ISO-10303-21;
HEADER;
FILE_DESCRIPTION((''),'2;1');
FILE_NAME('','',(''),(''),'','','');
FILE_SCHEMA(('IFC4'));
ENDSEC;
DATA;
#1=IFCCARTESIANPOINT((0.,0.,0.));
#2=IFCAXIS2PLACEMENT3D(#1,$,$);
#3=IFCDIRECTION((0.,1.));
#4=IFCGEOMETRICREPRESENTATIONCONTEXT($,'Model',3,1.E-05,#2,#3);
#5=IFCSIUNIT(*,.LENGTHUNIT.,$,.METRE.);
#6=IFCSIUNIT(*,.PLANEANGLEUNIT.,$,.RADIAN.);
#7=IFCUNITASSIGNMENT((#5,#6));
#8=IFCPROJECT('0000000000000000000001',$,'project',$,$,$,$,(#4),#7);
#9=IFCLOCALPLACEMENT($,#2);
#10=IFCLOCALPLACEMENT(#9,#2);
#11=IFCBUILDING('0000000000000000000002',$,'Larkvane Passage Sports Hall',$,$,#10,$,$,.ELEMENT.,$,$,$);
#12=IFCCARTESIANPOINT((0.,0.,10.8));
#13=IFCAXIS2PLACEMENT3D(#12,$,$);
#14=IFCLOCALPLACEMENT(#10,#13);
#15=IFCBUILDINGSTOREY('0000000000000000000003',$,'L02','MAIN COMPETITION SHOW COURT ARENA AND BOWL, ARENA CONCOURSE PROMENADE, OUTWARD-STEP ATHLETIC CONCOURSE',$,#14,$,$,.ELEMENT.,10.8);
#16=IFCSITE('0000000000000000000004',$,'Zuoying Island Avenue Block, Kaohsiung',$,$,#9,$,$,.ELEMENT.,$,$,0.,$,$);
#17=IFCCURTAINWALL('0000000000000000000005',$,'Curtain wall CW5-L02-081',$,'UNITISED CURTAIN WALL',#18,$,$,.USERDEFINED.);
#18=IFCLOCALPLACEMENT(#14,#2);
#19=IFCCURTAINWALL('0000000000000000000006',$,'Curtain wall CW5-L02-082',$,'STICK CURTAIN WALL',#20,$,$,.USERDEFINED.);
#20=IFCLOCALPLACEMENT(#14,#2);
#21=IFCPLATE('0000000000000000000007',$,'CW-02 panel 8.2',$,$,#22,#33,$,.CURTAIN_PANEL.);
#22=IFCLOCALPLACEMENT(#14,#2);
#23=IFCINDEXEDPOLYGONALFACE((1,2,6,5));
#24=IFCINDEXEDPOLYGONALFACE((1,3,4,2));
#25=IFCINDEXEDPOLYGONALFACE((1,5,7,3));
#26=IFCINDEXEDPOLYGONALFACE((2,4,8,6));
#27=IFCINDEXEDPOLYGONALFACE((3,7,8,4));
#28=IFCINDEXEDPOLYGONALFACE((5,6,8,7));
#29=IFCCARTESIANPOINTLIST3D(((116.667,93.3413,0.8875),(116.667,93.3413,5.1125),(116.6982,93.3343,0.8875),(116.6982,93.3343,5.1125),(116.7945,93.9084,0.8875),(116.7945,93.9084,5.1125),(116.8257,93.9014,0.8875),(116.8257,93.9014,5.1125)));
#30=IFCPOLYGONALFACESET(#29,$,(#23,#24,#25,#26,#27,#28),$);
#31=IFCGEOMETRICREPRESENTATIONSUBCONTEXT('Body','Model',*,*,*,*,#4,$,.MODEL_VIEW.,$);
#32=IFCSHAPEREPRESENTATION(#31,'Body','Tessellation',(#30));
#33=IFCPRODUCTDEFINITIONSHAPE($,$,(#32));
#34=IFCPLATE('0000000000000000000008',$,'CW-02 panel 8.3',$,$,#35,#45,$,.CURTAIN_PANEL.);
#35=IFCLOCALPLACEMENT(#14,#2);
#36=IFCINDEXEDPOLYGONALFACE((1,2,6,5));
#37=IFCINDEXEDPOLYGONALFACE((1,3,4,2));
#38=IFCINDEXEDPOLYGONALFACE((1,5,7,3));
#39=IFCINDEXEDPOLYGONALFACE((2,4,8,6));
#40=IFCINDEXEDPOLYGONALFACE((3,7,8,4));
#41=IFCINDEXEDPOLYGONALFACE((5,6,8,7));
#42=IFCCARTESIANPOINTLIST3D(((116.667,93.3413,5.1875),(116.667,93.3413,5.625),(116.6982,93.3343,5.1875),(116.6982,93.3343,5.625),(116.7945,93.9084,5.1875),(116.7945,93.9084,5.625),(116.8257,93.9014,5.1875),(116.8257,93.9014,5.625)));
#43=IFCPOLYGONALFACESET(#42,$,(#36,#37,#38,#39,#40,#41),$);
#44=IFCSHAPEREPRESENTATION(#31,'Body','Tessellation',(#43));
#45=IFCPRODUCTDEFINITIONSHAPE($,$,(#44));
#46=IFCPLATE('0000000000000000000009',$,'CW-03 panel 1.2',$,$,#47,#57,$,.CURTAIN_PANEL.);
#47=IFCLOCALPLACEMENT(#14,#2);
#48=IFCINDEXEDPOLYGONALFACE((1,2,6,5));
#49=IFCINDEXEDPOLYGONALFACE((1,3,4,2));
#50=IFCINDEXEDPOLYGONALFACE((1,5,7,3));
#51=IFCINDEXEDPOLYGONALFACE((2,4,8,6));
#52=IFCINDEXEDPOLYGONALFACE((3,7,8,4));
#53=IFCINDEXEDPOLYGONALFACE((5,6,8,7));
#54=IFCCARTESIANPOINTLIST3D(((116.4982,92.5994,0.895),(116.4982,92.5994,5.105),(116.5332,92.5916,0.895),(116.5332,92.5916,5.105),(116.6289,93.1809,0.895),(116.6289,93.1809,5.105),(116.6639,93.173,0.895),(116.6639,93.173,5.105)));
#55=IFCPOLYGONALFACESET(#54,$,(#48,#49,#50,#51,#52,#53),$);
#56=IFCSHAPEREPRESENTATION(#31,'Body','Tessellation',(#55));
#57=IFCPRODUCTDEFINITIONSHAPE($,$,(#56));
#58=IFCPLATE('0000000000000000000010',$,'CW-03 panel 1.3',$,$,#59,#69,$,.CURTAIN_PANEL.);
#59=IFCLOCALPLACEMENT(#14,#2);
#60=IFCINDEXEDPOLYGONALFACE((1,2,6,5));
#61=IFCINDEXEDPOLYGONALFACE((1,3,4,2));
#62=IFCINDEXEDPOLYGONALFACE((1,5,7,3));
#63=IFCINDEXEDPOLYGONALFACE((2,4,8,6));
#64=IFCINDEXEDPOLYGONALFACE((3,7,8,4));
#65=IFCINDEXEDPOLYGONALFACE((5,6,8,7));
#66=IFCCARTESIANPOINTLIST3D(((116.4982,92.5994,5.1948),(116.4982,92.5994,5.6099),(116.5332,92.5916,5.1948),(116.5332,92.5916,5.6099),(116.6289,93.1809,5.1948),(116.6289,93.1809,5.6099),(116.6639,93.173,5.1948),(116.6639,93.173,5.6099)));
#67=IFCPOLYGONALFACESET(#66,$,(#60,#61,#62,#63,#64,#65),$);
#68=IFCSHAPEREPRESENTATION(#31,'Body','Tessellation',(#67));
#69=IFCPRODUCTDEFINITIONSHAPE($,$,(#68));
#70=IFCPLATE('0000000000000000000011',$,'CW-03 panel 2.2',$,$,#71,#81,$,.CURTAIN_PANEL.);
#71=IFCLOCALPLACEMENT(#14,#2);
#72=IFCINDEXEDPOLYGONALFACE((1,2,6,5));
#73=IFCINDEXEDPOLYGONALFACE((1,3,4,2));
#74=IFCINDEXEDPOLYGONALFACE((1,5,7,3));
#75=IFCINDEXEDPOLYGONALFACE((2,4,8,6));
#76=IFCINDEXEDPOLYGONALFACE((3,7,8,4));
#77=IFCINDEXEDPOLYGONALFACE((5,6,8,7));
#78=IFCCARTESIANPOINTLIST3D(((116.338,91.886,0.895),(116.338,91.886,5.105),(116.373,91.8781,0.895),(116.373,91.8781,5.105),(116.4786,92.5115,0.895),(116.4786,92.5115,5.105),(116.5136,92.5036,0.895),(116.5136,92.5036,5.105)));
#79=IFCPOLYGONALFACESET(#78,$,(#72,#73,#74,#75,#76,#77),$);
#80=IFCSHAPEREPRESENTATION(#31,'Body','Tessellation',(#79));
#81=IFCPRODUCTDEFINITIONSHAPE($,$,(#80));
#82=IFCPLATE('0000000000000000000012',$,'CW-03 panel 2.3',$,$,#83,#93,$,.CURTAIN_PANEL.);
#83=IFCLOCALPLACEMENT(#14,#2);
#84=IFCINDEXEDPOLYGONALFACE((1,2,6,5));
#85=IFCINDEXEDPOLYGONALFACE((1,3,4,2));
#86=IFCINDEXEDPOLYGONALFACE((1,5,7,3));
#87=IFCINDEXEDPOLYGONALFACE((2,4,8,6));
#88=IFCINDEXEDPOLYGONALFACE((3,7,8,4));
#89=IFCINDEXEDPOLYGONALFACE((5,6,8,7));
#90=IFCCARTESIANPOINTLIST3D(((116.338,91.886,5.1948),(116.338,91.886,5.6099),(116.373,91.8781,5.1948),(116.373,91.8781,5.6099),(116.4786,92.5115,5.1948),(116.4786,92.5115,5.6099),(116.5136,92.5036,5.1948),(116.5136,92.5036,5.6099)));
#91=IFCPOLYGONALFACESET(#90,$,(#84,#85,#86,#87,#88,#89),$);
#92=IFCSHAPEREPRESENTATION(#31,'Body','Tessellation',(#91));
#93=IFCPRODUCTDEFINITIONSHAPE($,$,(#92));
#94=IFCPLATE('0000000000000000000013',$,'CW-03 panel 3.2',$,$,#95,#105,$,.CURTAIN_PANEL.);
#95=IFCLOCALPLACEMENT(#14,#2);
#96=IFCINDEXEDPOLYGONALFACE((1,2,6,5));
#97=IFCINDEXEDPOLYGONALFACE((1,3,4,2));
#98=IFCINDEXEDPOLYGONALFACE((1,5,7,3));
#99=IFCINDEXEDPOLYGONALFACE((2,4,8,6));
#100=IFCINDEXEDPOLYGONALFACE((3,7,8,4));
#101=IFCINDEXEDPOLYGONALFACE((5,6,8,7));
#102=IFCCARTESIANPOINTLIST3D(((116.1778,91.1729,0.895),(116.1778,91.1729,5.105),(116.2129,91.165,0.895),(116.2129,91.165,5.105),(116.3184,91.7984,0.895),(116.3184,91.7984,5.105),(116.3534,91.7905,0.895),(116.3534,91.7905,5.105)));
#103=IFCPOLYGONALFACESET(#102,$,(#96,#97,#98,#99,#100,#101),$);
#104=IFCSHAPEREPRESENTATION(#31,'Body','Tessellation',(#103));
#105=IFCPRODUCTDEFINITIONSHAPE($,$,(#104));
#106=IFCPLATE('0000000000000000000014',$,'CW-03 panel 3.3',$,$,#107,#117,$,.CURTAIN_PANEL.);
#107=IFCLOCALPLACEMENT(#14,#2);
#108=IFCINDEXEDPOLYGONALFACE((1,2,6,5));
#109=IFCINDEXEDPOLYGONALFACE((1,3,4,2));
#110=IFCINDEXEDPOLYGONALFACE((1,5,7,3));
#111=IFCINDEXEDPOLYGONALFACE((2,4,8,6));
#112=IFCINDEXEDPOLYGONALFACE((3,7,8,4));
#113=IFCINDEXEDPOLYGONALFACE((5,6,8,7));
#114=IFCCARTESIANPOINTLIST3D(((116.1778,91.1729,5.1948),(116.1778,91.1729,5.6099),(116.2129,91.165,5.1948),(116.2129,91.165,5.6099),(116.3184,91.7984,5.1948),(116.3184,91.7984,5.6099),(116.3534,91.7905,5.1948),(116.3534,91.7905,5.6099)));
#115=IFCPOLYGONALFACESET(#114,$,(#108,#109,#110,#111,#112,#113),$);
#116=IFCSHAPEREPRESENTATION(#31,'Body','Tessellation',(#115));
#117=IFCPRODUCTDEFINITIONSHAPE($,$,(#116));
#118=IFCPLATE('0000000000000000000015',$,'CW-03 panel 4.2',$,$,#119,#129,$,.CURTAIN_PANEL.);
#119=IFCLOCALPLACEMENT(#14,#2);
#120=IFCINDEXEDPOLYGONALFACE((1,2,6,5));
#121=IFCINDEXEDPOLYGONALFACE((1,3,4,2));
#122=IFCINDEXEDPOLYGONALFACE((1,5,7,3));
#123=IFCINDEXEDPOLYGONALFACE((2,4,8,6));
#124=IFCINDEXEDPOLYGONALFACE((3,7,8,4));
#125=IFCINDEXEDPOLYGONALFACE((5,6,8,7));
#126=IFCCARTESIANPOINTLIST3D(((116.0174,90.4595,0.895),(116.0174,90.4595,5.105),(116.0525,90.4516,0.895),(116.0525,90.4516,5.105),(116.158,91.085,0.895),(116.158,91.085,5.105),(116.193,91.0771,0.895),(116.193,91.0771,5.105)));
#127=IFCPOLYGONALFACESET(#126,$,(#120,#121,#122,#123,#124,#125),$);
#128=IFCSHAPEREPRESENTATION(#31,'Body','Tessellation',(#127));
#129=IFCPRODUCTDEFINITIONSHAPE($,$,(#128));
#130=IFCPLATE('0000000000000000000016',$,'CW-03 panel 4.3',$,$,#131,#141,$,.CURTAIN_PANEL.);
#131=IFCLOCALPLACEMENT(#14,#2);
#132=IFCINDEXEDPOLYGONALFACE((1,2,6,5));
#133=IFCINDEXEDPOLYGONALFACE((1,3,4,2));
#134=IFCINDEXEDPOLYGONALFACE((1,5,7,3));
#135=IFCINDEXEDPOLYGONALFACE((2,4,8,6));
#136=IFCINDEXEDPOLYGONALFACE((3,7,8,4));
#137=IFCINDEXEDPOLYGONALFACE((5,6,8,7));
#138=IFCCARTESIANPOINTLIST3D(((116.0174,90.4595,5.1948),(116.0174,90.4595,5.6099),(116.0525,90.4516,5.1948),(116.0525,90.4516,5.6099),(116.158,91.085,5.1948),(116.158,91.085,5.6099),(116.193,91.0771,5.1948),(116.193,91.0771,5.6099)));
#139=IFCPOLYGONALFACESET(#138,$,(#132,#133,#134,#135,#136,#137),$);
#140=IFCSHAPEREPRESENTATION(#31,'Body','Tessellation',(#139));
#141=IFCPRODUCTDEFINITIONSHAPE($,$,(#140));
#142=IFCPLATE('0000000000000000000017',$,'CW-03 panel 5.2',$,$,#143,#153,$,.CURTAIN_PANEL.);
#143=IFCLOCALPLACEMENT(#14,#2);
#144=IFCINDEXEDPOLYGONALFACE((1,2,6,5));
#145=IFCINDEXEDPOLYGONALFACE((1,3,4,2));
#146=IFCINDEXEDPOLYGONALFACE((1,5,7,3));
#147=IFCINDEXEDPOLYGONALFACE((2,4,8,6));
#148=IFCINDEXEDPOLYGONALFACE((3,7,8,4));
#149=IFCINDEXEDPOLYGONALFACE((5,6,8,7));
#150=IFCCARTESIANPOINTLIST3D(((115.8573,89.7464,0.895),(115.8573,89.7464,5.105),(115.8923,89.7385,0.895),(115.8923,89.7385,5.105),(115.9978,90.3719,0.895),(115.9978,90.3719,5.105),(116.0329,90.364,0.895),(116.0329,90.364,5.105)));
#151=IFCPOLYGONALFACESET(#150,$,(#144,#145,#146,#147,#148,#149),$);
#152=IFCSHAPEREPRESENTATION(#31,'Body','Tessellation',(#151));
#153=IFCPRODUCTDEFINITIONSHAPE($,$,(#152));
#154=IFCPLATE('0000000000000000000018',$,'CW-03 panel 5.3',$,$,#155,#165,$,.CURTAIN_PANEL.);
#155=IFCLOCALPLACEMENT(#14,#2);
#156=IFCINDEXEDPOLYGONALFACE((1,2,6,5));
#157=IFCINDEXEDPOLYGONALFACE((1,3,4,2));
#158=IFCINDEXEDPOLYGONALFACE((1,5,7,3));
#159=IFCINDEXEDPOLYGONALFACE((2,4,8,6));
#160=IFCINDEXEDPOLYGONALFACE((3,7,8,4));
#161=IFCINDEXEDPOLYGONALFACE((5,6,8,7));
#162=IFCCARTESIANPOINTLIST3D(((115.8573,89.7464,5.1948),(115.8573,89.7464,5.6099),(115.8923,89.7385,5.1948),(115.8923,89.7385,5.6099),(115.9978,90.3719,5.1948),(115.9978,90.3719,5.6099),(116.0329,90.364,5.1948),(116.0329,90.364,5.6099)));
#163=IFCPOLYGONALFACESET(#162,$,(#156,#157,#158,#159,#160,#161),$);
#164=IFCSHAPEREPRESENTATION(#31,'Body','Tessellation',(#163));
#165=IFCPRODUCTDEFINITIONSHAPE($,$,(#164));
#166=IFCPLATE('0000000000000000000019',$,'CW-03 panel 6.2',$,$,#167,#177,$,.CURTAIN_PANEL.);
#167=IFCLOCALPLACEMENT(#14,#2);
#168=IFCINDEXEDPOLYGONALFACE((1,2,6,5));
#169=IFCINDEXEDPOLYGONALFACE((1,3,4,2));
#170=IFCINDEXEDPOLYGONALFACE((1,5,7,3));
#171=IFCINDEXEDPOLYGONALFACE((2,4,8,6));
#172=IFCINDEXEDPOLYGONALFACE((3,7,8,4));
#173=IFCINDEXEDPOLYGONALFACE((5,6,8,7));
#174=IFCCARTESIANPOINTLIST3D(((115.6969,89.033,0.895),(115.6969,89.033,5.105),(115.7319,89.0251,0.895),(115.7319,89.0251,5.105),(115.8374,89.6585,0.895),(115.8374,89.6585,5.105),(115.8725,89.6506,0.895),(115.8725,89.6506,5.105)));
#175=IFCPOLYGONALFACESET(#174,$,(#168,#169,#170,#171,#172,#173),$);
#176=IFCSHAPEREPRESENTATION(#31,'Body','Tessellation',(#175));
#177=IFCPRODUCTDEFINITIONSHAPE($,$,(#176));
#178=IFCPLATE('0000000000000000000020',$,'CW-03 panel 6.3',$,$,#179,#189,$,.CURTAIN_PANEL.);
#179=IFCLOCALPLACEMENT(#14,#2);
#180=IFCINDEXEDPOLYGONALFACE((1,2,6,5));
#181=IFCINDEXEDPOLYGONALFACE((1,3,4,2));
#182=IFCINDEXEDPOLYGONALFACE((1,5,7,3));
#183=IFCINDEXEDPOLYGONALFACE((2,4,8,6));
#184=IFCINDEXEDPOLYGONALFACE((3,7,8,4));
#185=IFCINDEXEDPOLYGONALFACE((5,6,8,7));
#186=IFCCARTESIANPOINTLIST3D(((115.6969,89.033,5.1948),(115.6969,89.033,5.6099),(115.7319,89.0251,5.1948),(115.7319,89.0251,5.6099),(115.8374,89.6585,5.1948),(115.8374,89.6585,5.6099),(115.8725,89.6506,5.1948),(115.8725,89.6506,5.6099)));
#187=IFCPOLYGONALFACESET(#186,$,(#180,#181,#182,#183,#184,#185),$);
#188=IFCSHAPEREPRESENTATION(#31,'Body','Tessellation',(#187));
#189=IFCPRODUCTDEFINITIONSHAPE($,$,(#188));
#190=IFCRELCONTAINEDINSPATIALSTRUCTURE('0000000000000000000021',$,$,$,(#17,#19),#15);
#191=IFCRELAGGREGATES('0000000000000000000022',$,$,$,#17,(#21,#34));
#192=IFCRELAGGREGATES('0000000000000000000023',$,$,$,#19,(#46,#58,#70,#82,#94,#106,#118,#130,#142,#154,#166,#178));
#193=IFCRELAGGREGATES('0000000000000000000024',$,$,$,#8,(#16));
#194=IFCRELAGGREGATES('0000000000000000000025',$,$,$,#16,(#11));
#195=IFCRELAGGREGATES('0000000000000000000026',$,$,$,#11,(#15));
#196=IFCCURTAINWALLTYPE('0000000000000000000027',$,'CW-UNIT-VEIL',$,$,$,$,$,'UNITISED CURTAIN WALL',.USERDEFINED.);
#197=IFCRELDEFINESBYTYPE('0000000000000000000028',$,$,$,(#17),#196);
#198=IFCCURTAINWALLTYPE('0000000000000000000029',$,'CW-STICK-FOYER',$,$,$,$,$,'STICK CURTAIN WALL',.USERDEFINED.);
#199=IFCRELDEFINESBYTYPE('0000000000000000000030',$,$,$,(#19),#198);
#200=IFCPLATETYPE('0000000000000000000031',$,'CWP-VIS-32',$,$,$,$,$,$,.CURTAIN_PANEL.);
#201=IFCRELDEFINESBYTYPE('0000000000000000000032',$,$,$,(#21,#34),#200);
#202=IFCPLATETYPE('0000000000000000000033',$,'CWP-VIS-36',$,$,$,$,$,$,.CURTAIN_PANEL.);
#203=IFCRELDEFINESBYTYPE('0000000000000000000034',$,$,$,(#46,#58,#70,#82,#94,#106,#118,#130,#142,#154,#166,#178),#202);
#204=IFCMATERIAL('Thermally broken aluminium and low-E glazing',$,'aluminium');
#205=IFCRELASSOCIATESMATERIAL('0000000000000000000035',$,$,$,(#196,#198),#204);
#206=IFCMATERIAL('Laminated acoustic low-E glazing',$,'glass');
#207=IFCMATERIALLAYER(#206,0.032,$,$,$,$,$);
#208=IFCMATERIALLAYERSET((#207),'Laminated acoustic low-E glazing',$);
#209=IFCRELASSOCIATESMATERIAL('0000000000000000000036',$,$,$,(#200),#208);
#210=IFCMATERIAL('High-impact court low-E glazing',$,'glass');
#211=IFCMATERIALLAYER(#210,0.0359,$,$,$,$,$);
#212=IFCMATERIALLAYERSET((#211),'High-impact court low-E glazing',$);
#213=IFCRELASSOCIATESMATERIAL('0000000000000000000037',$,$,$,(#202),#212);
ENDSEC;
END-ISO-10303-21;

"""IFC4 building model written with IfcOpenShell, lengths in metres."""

from ifc_helpers import new_model, si_unit, direction, frame, origin, origin_2d, place, context, subcontext, project, spatial, rectangle, extrude, material, layer, layer_set, type_object, element, aggregate, save


model = new_model("IFC4")

# Units and contexts
model_context = context("Model", 3, precision=1e-05, world=origin(), true_north=direction((0.0, 1.0)))
body_context = subcontext(model_context, "Body", "Model", "MODEL_VIEW")
ifc_project = project(units=[si_unit("LENGTHUNIT", "METRE"), si_unit("PLANEANGLEUNIT", "RADIAN")], contexts=[model_context])

# Site, building, storey
site_placement = place(None, origin())
site = spatial("IfcSite", under=ifc_project, at=site_placement, Name="Zuoying Island Avenue Block, Kaohsiung", CompositionType="ELEMENT", RefElevation=0.0)
building_placement = place(site_placement, origin())
building = spatial("IfcBuilding", under=site, at=building_placement, Name="Larkvane Passage Sports Hall", CompositionType="ELEMENT")
storey_placement = place(building_placement, frame((0.0, 0.0, 10.8)))
storey = spatial("IfcBuildingStorey", under=building, at=storey_placement, Name="L02", Description="MAIN COMPETITION SHOW COURT ARENA AND BOWL, ARENA CONCOURSE PROMENADE, OUTWARD-STEP ATHLETIC CONCOURSE", CompositionType="ELEMENT", Elevation=10.8)

# Curtain walls
ifc_material_1 = material(Name="Thermally broken aluminium and low-E glazing", Category="aluminium")
curtain_wall_type_1 = type_object("IfcCurtainWallType", Name="CW-UNIT-VEIL", ElementType="UNITISED CURTAIN WALL", PredefinedType="USERDEFINED", material=ifc_material_1)
curtain_wall_1_placement = place(storey_placement, origin())
curtain_wall_1 = element("IfcCurtainWall", 1, at=curtain_wall_1_placement, inside=storey, type_object=curtain_wall_type_1, Name="Curtain wall CW5-L02-081", ObjectType="UNITISED CURTAIN WALL", PredefinedType="USERDEFINED")
curtain_wall_type_2 = type_object("IfcCurtainWallType", Name="CW-STICK-FOYER", ElementType="STICK CURTAIN WALL", PredefinedType="USERDEFINED", material=ifc_material_1)
curtain_wall_2_placement = place(storey_placement, origin())
curtain_wall_2 = element("IfcCurtainWall", 2, at=curtain_wall_2_placement, inside=storey, type_object=curtain_wall_type_2, Name="Curtain wall CW5-L02-082", ObjectType="STICK CURTAIN WALL", PredefinedType="USERDEFINED")

# Plates
ifc_material_2 = material(Name="Laminated acoustic low-E glazing", Category="glass")
ifc_layer_1 = layer(ifc_material_2, 0.032)
ifc_layer_set_1 = layer_set([ifc_layer_1], Name="Laminated acoustic low-E glazing")
plate_type_1 = type_object("IfcPlateType", Name="CWP-VIS-32", PredefinedType="CURTAIN_PANEL", material=ifc_layer_set_1)
plate_1_placement = place(storey_placement, frame((116.7463, 93.6213, 0.8875), z_axis=(0.0, 0.0, 1.0), x_axis=(-0.219257, -0.975667, 0.0)))
plate_1 = element("IfcPlate", 3, at=plate_1_placement, type_object=plate_type_1, Name="CW-02 panel 8.2", PredefinedType="CURTAIN_PANEL", context=body_context, shape_type="SweptSolid", body=[
    extrude(rectangle(XDim=0.5813, YDim=0.032, at=origin_2d()), origin(), (0.0, 0.0, 1.0), 4.2251),
])
plate_2_placement = place(storey_placement, frame((116.7463, 93.6213, 5.1875), z_axis=(0.0, 0.0, 1.0), x_axis=(-0.219257, -0.975667, 0.0)))
plate_2 = element("IfcPlate", 4, at=plate_2_placement, type_object=plate_type_1, Name="CW-02 panel 8.3", PredefinedType="CURTAIN_PANEL", context=body_context, shape_type="SweptSolid", body=[
    extrude(rectangle(XDim=0.5813, YDim=0.032, at=origin_2d()), origin(), (0.0, 0.0, 1.0), 0.4375),
])
aggregate(curtain_wall_1, [plate_1, plate_2])
ifc_material_3 = material(Name="High-impact court low-E glazing", Category="glass")
ifc_layer_2 = layer(ifc_material_3, 0.0359)
ifc_layer_set_2 = layer_set([ifc_layer_2], Name="High-impact court low-E glazing")
plate_type_2 = type_object("IfcPlateType", Name="CWP-VIS-36", PredefinedType="CURTAIN_PANEL", material=ifc_layer_set_2)
plate_3_placement = place(storey_placement, frame((116.5811, 92.8862, 0.895), z_axis=(0.0, 0.0, 1.0), x_axis=(-0.219244, -0.97567, 0.0)))
plate_3 = element("IfcPlate", 5, at=plate_3_placement, type_object=plate_type_2, Name="CW-03 panel 1.2", PredefinedType="CURTAIN_PANEL", context=body_context, shape_type="SweptSolid", body=[
    extrude(rectangle(XDim=0.5959, YDim=0.0359, at=origin_2d()), origin(), (0.0, 0.0, 1.0), 4.21),
])
plate_4_placement = place(storey_placement, frame((116.5811, 92.8862, 5.1948), z_axis=(0.0, 0.0, 1.0), x_axis=(-0.219244, -0.97567, 0.0)))
plate_4 = element("IfcPlate", 6, at=plate_4_placement, type_object=plate_type_2, Name="CW-03 panel 1.3", PredefinedType="CURTAIN_PANEL", context=body_context, shape_type="SweptSolid", body=[
    extrude(rectangle(XDim=0.5959, YDim=0.0359, at=origin_2d()), origin(), (0.0, 0.0, 1.0), 0.415),
])
plate_5_placement = place(storey_placement, frame((116.4258, 92.1948, 0.895), z_axis=(0.0, 0.0, 1.0), x_axis=(-0.219244, -0.97567, 0.0)))
plate_5 = element("IfcPlate", 7, at=plate_5_placement, type_object=plate_type_2, Name="CW-03 panel 2.2", PredefinedType="CURTAIN_PANEL", context=body_context, shape_type="SweptSolid", body=[
    extrude(rectangle(XDim=0.6411, YDim=0.0359, at=origin_2d()), origin(), (0.0, 0.0, 1.0), 4.21),
])
plate_6_placement = place(storey_placement, frame((116.4258, 92.1948, 5.1948), z_axis=(0.0, 0.0, 1.0), x_axis=(-0.219244, -0.97567, 0.0)))
plate_6 = element("IfcPlate", 8, at=plate_6_placement, type_object=plate_type_2, Name="CW-03 panel 2.3", PredefinedType="CURTAIN_PANEL", context=body_context, shape_type="SweptSolid", body=[
    extrude(rectangle(XDim=0.6411, YDim=0.0359, at=origin_2d()), origin(), (0.0, 0.0, 1.0), 0.415),
])
plate_7_placement = place(storey_placement, frame((116.2656, 91.4817, 0.895), z_axis=(0.0, 0.0, 1.0), x_axis=(-0.219244, -0.97567, 0.0)))
plate_7 = element("IfcPlate", 9, at=plate_7_placement, type_object=plate_type_2, Name="CW-03 panel 3.2", PredefinedType="CURTAIN_PANEL", context=body_context, shape_type="SweptSolid", body=[
    extrude(rectangle(XDim=0.6411, YDim=0.0359, at=origin_2d()), origin(), (0.0, 0.0, 1.0), 4.21),
])
plate_8_placement = place(storey_placement, frame((116.2656, 91.4817, 5.1948), z_axis=(0.0, 0.0, 1.0), x_axis=(-0.219244, -0.97567, 0.0)))
plate_8 = element("IfcPlate", 10, at=plate_8_placement, type_object=plate_type_2, Name="CW-03 panel 3.3", PredefinedType="CURTAIN_PANEL", context=body_context, shape_type="SweptSolid", body=[
    extrude(rectangle(XDim=0.6411, YDim=0.0359, at=origin_2d()), origin(), (0.0, 0.0, 1.0), 0.415),
])
plate_9_placement = place(storey_placement, frame((116.1052, 90.7683, 0.895), z_axis=(0.0, 0.0, 1.0), x_axis=(-0.219244, -0.97567, 0.0)))
plate_9 = element("IfcPlate", 11, at=plate_9_placement, type_object=plate_type_2, Name="CW-03 panel 4.2", PredefinedType="CURTAIN_PANEL", context=body_context, shape_type="SweptSolid", body=[
    extrude(rectangle(XDim=0.6411, YDim=0.0359, at=origin_2d()), origin(), (0.0, 0.0, 1.0), 4.21),
])
plate_10_placement = place(storey_placement, frame((116.1052, 90.7683, 5.1948), z_axis=(0.0, 0.0, 1.0), x_axis=(-0.219244, -0.97567, 0.0)))
plate_10 = element("IfcPlate", 12, at=plate_10_placement, type_object=plate_type_2, Name="CW-03 panel 4.3", PredefinedType="CURTAIN_PANEL", context=body_context, shape_type="SweptSolid", body=[
    extrude(rectangle(XDim=0.6411, YDim=0.0359, at=origin_2d()), origin(), (0.0, 0.0, 1.0), 0.415),
])
plate_11_placement = place(storey_placement, frame((115.9451, 90.0552, 0.895), z_axis=(0.0, 0.0, 1.0), x_axis=(-0.219244, -0.97567, 0.0)))
plate_11 = element("IfcPlate", 13, at=plate_11_placement, type_object=plate_type_2, Name="CW-03 panel 5.2", PredefinedType="CURTAIN_PANEL", context=body_context, shape_type="SweptSolid", body=[
    extrude(rectangle(XDim=0.6411, YDim=0.0359, at=origin_2d()), origin(), (0.0, 0.0, 1.0), 4.21),
])
plate_12_placement = place(storey_placement, frame((115.9451, 90.0552, 5.1948), z_axis=(0.0, 0.0, 1.0), x_axis=(-0.219244, -0.97567, 0.0)))
plate_12 = element("IfcPlate", 14, at=plate_12_placement, type_object=plate_type_2, Name="CW-03 panel 5.3", PredefinedType="CURTAIN_PANEL", context=body_context, shape_type="SweptSolid", body=[
    extrude(rectangle(XDim=0.6411, YDim=0.0359, at=origin_2d()), origin(), (0.0, 0.0, 1.0), 0.415),
])
plate_13_placement = place(storey_placement, frame((115.7847, 89.3418, 0.895), z_axis=(0.0, 0.0, 1.0), x_axis=(-0.219244, -0.97567, 0.0)))
plate_13 = element("IfcPlate", 15, at=plate_13_placement, type_object=plate_type_2, Name="CW-03 panel 6.2", PredefinedType="CURTAIN_PANEL", context=body_context, shape_type="SweptSolid", body=[
    extrude(rectangle(XDim=0.6411, YDim=0.0359, at=origin_2d()), origin(), (0.0, 0.0, 1.0), 4.21),
])
plate_14_placement = place(storey_placement, frame((115.7847, 89.3418, 5.1948), z_axis=(0.0, 0.0, 1.0), x_axis=(-0.219244, -0.97567, 0.0)))
plate_14 = element("IfcPlate", 16, at=plate_14_placement, type_object=plate_type_2, Name="CW-03 panel 6.3", PredefinedType="CURTAIN_PANEL", context=body_context, shape_type="SweptSolid", body=[
    extrude(rectangle(XDim=0.6411, YDim=0.0359, at=origin_2d()), origin(), (0.0, 0.0, 1.0), 0.415),
])
aggregate(curtain_wall_2, [plate_3, plate_4, plate_5, plate_6, plate_7, plate_8, plate_9, plate_10, plate_11, plate_12, plate_13, plate_14])

save(model, "model.ifc")
